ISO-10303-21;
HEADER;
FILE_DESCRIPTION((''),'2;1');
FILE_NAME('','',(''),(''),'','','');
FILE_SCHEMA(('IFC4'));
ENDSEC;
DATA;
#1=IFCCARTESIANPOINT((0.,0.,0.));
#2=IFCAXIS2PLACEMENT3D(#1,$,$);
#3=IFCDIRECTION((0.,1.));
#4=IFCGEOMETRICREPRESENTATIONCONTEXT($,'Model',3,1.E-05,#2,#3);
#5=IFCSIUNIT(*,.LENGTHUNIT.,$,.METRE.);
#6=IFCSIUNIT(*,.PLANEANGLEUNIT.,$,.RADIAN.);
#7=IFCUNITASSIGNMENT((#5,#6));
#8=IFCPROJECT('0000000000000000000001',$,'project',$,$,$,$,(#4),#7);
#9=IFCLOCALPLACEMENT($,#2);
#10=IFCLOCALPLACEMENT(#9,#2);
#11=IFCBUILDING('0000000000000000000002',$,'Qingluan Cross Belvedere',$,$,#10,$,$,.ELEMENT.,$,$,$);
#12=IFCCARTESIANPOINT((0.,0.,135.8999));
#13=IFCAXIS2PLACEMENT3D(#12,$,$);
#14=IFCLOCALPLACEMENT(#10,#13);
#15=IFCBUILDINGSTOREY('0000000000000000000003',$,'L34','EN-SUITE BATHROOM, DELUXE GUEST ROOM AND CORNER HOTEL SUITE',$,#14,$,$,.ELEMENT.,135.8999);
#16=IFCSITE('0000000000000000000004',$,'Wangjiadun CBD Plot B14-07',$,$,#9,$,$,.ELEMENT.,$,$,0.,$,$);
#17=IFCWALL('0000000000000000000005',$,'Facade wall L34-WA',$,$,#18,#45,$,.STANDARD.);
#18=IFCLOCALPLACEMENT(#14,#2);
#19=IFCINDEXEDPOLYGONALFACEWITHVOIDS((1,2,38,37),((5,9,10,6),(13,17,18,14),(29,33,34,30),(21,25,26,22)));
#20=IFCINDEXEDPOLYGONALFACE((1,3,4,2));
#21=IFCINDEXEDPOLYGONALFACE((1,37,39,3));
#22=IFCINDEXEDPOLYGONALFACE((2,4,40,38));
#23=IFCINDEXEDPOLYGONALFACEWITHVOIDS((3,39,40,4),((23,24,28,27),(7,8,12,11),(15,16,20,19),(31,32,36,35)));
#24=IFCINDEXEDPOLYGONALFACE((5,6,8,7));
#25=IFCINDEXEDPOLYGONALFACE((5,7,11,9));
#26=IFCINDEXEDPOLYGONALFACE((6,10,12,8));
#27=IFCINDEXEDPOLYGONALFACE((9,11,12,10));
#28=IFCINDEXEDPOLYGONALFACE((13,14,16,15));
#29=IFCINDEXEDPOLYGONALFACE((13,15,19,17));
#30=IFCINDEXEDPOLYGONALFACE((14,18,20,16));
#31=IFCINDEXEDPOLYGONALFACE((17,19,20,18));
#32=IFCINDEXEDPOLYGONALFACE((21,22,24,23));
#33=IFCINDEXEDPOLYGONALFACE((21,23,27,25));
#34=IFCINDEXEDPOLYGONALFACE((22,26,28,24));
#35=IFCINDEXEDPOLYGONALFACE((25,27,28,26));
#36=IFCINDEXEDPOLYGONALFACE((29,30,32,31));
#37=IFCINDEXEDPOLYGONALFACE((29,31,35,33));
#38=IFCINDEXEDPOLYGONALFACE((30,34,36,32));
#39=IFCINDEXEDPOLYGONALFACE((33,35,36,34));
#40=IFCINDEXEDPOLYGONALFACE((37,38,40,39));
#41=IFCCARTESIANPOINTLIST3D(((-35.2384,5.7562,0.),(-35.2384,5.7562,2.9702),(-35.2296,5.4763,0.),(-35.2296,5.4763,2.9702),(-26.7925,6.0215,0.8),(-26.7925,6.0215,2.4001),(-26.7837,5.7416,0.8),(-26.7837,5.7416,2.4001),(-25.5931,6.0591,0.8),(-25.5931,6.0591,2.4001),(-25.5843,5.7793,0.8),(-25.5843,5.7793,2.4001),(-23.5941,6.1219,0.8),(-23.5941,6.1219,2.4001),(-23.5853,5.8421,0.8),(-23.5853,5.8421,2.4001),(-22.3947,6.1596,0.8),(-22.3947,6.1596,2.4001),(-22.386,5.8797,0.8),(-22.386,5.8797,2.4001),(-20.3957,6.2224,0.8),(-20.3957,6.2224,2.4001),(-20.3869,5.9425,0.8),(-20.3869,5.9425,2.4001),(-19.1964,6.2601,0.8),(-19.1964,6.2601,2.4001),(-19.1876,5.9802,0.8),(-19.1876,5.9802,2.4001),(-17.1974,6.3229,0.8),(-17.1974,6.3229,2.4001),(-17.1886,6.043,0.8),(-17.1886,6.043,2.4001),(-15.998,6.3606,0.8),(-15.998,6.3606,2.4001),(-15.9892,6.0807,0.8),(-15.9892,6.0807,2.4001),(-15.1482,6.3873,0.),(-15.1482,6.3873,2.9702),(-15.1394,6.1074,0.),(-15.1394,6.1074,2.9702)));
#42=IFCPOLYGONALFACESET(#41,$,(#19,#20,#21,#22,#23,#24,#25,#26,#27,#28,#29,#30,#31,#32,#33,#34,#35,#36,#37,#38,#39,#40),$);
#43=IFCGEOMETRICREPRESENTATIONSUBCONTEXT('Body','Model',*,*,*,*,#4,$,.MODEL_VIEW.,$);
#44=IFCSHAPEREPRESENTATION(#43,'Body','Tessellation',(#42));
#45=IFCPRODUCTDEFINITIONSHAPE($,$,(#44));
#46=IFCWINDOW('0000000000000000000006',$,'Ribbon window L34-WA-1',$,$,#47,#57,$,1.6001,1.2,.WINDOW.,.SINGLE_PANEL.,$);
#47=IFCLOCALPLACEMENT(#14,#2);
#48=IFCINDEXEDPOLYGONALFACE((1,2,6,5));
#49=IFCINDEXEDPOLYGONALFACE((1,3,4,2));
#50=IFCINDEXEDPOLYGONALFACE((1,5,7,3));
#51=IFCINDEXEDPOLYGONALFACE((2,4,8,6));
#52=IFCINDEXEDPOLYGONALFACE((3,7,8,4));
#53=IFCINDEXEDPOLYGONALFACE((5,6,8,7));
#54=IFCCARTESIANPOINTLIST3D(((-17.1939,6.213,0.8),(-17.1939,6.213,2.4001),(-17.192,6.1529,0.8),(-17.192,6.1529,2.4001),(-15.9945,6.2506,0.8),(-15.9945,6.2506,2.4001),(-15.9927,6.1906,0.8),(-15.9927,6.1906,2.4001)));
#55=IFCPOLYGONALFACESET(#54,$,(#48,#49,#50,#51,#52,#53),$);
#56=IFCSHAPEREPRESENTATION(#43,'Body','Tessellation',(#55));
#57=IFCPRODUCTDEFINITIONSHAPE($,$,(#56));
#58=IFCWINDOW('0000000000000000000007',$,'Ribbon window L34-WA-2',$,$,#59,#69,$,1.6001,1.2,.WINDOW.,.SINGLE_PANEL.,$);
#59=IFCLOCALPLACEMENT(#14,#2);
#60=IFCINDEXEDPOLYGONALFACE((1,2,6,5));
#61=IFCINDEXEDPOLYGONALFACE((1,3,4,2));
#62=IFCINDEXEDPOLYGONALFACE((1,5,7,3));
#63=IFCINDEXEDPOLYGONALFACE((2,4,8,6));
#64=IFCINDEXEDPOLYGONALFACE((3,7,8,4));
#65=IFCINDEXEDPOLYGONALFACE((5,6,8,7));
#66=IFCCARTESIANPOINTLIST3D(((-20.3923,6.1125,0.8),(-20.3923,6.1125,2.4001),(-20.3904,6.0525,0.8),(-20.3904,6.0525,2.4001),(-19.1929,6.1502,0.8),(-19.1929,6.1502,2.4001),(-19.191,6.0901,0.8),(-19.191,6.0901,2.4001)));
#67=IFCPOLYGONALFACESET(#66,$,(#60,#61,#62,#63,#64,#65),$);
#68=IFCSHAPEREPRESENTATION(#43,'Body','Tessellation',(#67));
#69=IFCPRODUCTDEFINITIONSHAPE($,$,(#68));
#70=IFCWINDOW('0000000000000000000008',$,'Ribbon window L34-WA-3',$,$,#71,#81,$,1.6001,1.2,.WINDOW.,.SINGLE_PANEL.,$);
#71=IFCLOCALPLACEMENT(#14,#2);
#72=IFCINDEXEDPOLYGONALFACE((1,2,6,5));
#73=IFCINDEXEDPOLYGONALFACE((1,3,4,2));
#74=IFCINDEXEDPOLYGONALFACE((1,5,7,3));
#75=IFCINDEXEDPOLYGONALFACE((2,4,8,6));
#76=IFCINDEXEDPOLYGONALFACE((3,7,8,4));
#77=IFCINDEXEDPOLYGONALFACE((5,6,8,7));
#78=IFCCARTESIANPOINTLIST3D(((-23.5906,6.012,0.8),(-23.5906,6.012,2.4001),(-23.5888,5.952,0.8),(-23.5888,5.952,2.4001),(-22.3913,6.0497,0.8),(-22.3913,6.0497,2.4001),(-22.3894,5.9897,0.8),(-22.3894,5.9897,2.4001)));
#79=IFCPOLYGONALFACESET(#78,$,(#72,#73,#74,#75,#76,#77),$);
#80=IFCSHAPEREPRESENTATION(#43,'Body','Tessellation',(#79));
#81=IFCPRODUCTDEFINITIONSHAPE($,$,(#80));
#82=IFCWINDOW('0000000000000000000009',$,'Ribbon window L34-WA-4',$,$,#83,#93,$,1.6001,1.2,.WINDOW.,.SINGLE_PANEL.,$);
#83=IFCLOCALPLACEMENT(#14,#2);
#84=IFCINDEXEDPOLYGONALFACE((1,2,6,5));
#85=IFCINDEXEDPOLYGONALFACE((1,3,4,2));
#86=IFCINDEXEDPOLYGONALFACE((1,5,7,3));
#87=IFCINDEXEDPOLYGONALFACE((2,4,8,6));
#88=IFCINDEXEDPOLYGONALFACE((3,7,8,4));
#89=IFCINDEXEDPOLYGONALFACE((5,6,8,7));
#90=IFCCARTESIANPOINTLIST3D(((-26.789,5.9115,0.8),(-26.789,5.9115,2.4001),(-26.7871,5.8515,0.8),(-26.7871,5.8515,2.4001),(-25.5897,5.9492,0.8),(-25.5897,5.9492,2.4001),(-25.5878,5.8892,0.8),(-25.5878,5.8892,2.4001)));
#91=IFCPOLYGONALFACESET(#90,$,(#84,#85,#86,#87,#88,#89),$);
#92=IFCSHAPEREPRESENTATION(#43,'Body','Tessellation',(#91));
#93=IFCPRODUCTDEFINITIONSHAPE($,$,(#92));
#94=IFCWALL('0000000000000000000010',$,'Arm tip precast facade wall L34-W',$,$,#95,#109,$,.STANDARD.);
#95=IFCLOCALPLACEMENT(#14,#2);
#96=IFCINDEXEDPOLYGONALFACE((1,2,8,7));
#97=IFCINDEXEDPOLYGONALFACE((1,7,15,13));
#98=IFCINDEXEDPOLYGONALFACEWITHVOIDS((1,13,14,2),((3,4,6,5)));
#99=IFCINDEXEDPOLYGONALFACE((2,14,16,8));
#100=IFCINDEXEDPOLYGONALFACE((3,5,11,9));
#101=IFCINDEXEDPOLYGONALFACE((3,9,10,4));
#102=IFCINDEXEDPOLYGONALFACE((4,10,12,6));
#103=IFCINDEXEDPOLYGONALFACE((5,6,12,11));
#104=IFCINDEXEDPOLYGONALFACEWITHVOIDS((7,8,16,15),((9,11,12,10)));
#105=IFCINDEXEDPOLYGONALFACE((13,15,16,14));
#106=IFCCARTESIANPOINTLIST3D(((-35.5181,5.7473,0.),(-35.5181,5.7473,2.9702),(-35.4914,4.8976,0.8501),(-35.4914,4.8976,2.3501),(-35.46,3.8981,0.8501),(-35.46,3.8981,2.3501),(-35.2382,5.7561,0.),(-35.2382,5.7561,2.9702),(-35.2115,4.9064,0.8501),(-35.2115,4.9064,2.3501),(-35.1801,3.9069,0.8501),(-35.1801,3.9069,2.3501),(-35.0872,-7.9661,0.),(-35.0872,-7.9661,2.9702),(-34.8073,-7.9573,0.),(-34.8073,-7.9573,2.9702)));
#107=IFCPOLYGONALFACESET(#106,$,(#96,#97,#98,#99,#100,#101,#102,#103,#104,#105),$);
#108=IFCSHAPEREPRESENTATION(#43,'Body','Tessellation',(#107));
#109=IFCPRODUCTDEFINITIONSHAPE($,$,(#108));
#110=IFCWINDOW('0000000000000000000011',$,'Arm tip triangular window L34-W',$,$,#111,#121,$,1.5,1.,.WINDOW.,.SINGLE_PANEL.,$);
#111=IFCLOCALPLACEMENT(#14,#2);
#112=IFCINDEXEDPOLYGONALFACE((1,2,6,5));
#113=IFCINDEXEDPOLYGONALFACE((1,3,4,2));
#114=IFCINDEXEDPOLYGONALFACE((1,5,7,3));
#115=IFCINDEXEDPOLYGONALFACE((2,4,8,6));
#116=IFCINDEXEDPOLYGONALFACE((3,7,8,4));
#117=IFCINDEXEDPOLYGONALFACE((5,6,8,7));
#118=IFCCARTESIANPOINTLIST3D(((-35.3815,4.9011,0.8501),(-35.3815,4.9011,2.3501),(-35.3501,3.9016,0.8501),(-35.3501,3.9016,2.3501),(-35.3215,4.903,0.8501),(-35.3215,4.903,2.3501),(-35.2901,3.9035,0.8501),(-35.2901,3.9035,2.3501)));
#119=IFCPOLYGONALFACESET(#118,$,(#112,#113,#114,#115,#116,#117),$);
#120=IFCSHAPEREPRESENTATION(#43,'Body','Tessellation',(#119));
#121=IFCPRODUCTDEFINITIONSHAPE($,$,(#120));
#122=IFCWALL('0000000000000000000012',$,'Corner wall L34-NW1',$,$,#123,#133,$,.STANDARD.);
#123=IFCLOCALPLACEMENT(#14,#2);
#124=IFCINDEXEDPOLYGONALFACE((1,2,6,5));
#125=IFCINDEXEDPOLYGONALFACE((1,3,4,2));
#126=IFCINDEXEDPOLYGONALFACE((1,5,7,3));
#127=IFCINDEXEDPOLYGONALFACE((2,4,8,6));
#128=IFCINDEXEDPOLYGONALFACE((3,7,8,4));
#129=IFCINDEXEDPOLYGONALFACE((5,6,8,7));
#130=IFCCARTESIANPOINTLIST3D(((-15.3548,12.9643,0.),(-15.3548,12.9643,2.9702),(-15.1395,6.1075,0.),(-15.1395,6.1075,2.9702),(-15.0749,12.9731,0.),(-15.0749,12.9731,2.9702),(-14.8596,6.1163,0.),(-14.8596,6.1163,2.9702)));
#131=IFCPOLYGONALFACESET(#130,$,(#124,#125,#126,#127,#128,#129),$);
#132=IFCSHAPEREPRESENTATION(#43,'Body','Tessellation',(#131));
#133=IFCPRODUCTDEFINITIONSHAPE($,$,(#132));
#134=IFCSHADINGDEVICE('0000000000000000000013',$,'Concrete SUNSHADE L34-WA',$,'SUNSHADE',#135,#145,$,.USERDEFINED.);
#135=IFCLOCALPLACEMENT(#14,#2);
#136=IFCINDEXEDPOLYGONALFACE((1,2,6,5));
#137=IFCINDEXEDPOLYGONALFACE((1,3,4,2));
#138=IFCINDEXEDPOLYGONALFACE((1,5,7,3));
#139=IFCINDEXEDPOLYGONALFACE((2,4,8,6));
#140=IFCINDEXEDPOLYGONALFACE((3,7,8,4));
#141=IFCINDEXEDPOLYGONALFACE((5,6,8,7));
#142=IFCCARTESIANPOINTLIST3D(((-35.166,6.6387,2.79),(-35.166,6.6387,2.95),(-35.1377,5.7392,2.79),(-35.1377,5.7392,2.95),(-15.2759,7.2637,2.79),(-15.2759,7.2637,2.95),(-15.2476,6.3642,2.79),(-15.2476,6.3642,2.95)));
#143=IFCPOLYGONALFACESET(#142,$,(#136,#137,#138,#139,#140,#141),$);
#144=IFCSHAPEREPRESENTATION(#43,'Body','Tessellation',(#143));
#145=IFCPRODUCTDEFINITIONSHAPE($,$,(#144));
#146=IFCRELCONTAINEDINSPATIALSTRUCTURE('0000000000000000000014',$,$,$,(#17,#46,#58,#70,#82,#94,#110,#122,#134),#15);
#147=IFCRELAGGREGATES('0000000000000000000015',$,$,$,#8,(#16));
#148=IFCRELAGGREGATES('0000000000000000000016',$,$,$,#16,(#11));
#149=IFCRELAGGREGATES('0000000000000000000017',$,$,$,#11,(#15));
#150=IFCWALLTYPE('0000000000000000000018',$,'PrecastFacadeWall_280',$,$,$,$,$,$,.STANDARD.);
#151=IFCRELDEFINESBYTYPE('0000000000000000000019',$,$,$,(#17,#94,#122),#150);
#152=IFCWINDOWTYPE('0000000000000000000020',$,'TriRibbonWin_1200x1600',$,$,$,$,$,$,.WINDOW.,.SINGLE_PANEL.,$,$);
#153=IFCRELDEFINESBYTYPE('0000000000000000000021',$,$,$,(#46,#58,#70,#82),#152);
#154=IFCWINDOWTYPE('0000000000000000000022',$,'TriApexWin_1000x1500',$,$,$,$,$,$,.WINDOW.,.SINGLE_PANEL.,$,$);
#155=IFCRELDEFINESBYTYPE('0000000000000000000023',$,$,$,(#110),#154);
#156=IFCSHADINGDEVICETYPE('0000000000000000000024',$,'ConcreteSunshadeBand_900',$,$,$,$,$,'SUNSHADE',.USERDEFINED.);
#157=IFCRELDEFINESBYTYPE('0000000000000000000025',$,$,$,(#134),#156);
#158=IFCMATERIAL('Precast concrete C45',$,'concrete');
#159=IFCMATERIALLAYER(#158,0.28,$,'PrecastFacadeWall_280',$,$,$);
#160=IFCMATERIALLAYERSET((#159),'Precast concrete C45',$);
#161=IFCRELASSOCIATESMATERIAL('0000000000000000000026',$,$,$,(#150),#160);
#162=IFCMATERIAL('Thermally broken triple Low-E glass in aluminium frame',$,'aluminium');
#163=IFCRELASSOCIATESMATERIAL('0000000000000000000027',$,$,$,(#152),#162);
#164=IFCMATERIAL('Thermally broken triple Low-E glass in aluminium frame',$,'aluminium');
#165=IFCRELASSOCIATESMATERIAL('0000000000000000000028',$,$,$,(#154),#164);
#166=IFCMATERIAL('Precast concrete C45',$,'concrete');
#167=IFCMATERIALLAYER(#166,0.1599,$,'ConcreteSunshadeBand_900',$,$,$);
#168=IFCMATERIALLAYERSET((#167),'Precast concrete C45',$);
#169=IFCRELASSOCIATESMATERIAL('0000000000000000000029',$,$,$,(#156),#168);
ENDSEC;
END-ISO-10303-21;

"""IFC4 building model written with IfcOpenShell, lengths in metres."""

from ifc_helpers import new_model, si_unit, direction, frame, frame_2d, origin, origin_2d, place, context, subcontext, project, spatial, rectangle, extrude, material, layer, layer_set, type_object, element, fill, save


model = new_model("IFC4")

# Units and contexts
model_context = context("Model", 3, precision=1e-05, world=origin(), true_north=direction((0.0, 1.0)))
body_context = subcontext(model_context, "Body", "Model", "MODEL_VIEW")
ifc_project = project(units=[si_unit("LENGTHUNIT", "METRE"), si_unit("PLANEANGLEUNIT", "RADIAN")], contexts=[model_context])

# Site, building, storey
site_placement = place(None, origin())
site = spatial("IfcSite", under=ifc_project, at=site_placement, Name="Wangjiadun CBD Plot B14-07", CompositionType="ELEMENT", RefElevation=0.0)
building_placement = place(site_placement, origin())
building = spatial("IfcBuilding", under=site, at=building_placement, Name="Qingluan Cross Belvedere", CompositionType="ELEMENT")
storey_placement = place(building_placement, frame((0.0, 0.0, 135.8999)))
storey = spatial("IfcBuildingStorey", under=building, at=storey_placement, Name="L34", Description="EN-SUITE BATHROOM, DELUXE GUEST ROOM AND CORNER HOTEL SUITE", CompositionType="ELEMENT", Elevation=135.8999)

# Wall, openings, windows
ifc_material_1 = material(Name="Precast concrete C45", Category="concrete")
ifc_layer_1 = layer(ifc_material_1, 0.28, Name="PrecastFacadeWall_280")
ifc_layer_set_1 = layer_set([ifc_layer_1], Name="Precast concrete C45")
wall_type_1 = type_object("IfcWallType", Name="PrecastFacadeWall_280", PredefinedType="STANDARD", material=ifc_layer_set_1)
wall_1_placement = place(storey_placement, frame((-15.1438, 6.2473, 0.0), z_axis=(0.0, 0.0, 1.0), x_axis=(-0.999507, -0.031398, 0.0)))
wall_1 = element("IfcWall", 1, at=wall_1_placement, inside=storey, type_object=wall_type_1, Name="Facade wall L34-WA", PredefinedType="STANDARD", context=body_context, shape_type="SweptSolid", body=[
    extrude(rectangle(XDim=20.1001, YDim=0.28, at=frame_2d((10.05, 0.0))), origin(), (0.0, 0.0, 1.0), 2.9702),
])
opening_1_placement = place(wall_1_placement, frame((0.8501, 0.0, 0.8)))
opening_1 = element("IfcOpeningElement", 2, at=opening_1_placement, cuts=wall_1, PredefinedType="OPENING", context=body_context, shape_type="SweptSolid", body=[
    extrude(rectangle(XDim=1.2, YDim=1.6001, at=frame_2d((0.6001, 0.8))), frame((0.0, 0.1499, 0.0), z_axis=(0.0, -1.0, 0.0), x_axis=(1.0, 0.0, 0.0)), (0.0, 0.0, 1.0), 0.3),
])
opening_2_placement = place(wall_1_placement, frame((4.05, 0.0, 0.8)))
opening_2 = element("IfcOpeningElement", 3, at=opening_2_placement, cuts=wall_1, PredefinedType="OPENING", context=body_context, shape_type="SweptSolid", body=[
    extrude(rectangle(XDim=1.2, YDim=1.6001, at=frame_2d((0.6001, 0.8))), frame((0.0, 0.1499, 0.0), z_axis=(0.0, -1.0, 0.0), x_axis=(1.0, 0.0, 0.0)), (0.0, 0.0, 1.0), 0.3),
])
opening_3_placement = place(wall_1_placement, frame((7.25, 0.0, 0.8)))
opening_3 = element("IfcOpeningElement", 4, at=opening_3_placement, cuts=wall_1, PredefinedType="OPENING", context=body_context, shape_type="SweptSolid", body=[
    extrude(rectangle(XDim=1.2, YDim=1.6001, at=frame_2d((0.6001, 0.8))), frame((0.0, 0.1499, 0.0), z_axis=(0.0, -1.0, 0.0), x_axis=(1.0, 0.0, 0.0)), (0.0, 0.0, 1.0), 0.3),
])
opening_4_placement = place(wall_1_placement, frame((10.45, 0.0, 0.8)))
opening_4 = element("IfcOpeningElement", 5, at=opening_4_placement, cuts=wall_1, PredefinedType="OPENING", context=body_context, shape_type="SweptSolid", body=[
    extrude(rectangle(XDim=1.2, YDim=1.6001, at=frame_2d((0.6001, 0.8))), frame((0.0, 0.1499, 0.0), z_axis=(0.0, -1.0, 0.0), x_axis=(1.0, 0.0, 0.0)), (0.0, 0.0, 1.0), 0.3),
])
ifc_material_2 = material(Name="Thermally broken triple Low-E glass in aluminium frame", Category="aluminium")
window_type_1 = type_object("IfcWindowType", Name="TriRibbonWin_1200x1600", PartitioningType="SINGLE_PANEL", PredefinedType="WINDOW", material=ifc_material_2)
window_1_placement = place(opening_1_placement, origin())
window_1 = element("IfcWindow", 6, at=window_1_placement, inside=storey, type_object=window_type_1, Name="Ribbon window L34-WA-1", OverallHeight=1.6001, OverallWidth=1.2, PartitioningType="SINGLE_PANEL", PredefinedType="WINDOW", context=body_context, shape_type="SweptSolid", body=[
    extrude(rectangle(XDim=1.2, YDim=1.6001, at=frame_2d((0.6001, 0.8))), frame((0.0, 0.03, 0.0), z_axis=(0.0, -1.0, 0.0), x_axis=(1.0, 0.0, 0.0)), (0.0, 0.0, 1.0), 0.0601),
])
fill(opening_1, window_1)
window_2_placement = place(opening_2_placement, origin())
window_2 = element("IfcWindow", 7, at=window_2_placement, inside=storey, type_object=window_type_1, Name="Ribbon window L34-WA-2", OverallHeight=1.6001, OverallWidth=1.2, PartitioningType="SINGLE_PANEL", PredefinedType="WINDOW", context=body_context, shape_type="SweptSolid", body=[
    extrude(rectangle(XDim=1.2, YDim=1.6001, at=frame_2d((0.6001, 0.8))), frame((0.0, 0.03, 0.0), z_axis=(0.0, -1.0, 0.0), x_axis=(1.0, 0.0, 0.0)), (0.0, 0.0, 1.0), 0.0601),
])
fill(opening_2, window_2)
window_3_placement = place(opening_3_placement, origin())
window_3 = element("IfcWindow", 8, at=window_3_placement, inside=storey, type_object=window_type_1, Name="Ribbon window L34-WA-3", OverallHeight=1.6001, OverallWidth=1.2, PartitioningType="SINGLE_PANEL", PredefinedType="WINDOW", context=body_context, shape_type="SweptSolid", body=[
    extrude(rectangle(XDim=1.2, YDim=1.6001, at=frame_2d((0.6001, 0.8))), frame((0.0, 0.03, 0.0), z_axis=(0.0, -1.0, 0.0), x_axis=(1.0, 0.0, 0.0)), (0.0, 0.0, 1.0), 0.0601),
])
fill(opening_3, window_3)
window_4_placement = place(opening_4_placement, origin())
window_4 = element("IfcWindow", 9, at=window_4_placement, inside=storey, type_object=window_type_1, Name="Ribbon window L34-WA-4", OverallHeight=1.6001, OverallWidth=1.2, PartitioningType="SINGLE_PANEL", PredefinedType="WINDOW", context=body_context, shape_type="SweptSolid", body=[
    extrude(rectangle(XDim=1.2, YDim=1.6001, at=frame_2d((0.6001, 0.8))), frame((0.0, 0.03, 0.0), z_axis=(0.0, -1.0, 0.0), x_axis=(1.0, 0.0, 0.0)), (0.0, 0.0, 1.0), 0.0601),
])
fill(opening_4, window_4)

# Wall, opening, window
wall_2_placement = place(storey_placement, frame((-35.3782, 5.7517, 0.0), z_axis=(0.0, 0.0, 1.0), x_axis=(0.031407, -0.999507, 0.0)))
wall_2 = element("IfcWall", 10, at=wall_2_placement, inside=storey, type_object=wall_type_1, Name="Arm tip precast facade wall L34-W", PredefinedType="STANDARD", context=body_context, shape_type="SweptSolid", body=[
    extrude(rectangle(XDim=13.7202, YDim=0.28, at=frame_2d((6.8601, 0.0))), origin(), (0.0, 0.0, 1.0), 2.9702),
])
opening_5_placement = place(wall_2_placement, frame((0.8501, 0.0, 0.8501)))
opening_5 = element("IfcOpeningElement", 11, at=opening_5_placement, cuts=wall_2, PredefinedType="OPENING", context=body_context, shape_type="SweptSolid", body=[
    extrude(rectangle(XDim=1.0, YDim=1.5, at=frame_2d((0.5, 0.75))), frame((0.0, 0.1499, 0.0), z_axis=(0.0, -1.0, 0.0), x_axis=(1.0, 0.0, 0.0)), (0.0, 0.0, 1.0), 0.3),
])
ifc_material_3 = material(Name="Thermally broken triple Low-E glass in aluminium frame", Category="aluminium")
window_type_2 = type_object("IfcWindowType", Name="TriApexWin_1000x1500", PartitioningType="SINGLE_PANEL", PredefinedType="WINDOW", material=ifc_material_3)
window_5_placement = place(opening_5_placement, origin())
window_5 = element("IfcWindow", 12, at=window_5_placement, inside=storey, type_object=window_type_2, Name="Arm tip triangular window L34-W", OverallHeight=1.5, OverallWidth=1.0, PartitioningType="SINGLE_PANEL", PredefinedType="WINDOW", context=body_context, shape_type="SweptSolid", body=[
    extrude(rectangle(XDim=1.0, YDim=1.5, at=frame_2d((0.5, 0.75))), frame((0.0, 0.03, 0.0), z_axis=(0.0, -1.0, 0.0), x_axis=(1.0, 0.0, 0.0)), (0.0, 0.0, 1.0), 0.0601),
])
fill(opening_5, window_5)

# Wall
wall_3_placement = place(storey_placement, frame((-14.9995, 6.1118, 0.0), z_axis=(0.0, 0.0, 1.0), x_axis=(-0.031389, 0.999507, 0.0)))
element("IfcWall", 13, at=wall_3_placement, inside=storey, type_object=wall_type_1, Name="Corner wall L34-NW1", PredefinedType="STANDARD", context=body_context, shape_type="SweptSolid", body=[
    extrude(rectangle(XDim=6.8601, YDim=0.28, at=frame_2d((3.4302, 0.0))), origin(), (0.0, 0.0, 1.0), 2.9702),
])

# Shading device
ifc_material_4 = material(Name="Precast concrete C45", Category="concrete")
ifc_layer_2 = layer(ifc_material_4, 0.1599, Name="ConcreteSunshadeBand_900")
ifc_layer_set_2 = layer_set([ifc_layer_2], Name="Precast concrete C45")
shading_device_type = type_object("IfcShadingDeviceType", Name="ConcreteSunshadeBand_900", ElementType="SUNSHADE", PredefinedType="USERDEFINED", material=ifc_layer_set_2)
shading_device_placement = place(storey_placement, frame((-25.2068, 6.5015, 2.79), z_axis=(0.0, 0.0, 1.0), x_axis=(-0.999507, -0.031408, 0.0)))
element("IfcShadingDevice", 14, at=shading_device_placement, inside=storey, type_object=shading_device_type, Name="Concrete SUNSHADE L34-WA", ObjectType="SUNSHADE", PredefinedType="USERDEFINED", context=body_context, shape_type="SweptSolid", body=[
    extrude(rectangle(XDim=19.8999, YDim=0.8999, at=origin_2d()), origin(), (0.0, 0.0, 1.0), 0.1599),
])

save(model, "model.ifc")
